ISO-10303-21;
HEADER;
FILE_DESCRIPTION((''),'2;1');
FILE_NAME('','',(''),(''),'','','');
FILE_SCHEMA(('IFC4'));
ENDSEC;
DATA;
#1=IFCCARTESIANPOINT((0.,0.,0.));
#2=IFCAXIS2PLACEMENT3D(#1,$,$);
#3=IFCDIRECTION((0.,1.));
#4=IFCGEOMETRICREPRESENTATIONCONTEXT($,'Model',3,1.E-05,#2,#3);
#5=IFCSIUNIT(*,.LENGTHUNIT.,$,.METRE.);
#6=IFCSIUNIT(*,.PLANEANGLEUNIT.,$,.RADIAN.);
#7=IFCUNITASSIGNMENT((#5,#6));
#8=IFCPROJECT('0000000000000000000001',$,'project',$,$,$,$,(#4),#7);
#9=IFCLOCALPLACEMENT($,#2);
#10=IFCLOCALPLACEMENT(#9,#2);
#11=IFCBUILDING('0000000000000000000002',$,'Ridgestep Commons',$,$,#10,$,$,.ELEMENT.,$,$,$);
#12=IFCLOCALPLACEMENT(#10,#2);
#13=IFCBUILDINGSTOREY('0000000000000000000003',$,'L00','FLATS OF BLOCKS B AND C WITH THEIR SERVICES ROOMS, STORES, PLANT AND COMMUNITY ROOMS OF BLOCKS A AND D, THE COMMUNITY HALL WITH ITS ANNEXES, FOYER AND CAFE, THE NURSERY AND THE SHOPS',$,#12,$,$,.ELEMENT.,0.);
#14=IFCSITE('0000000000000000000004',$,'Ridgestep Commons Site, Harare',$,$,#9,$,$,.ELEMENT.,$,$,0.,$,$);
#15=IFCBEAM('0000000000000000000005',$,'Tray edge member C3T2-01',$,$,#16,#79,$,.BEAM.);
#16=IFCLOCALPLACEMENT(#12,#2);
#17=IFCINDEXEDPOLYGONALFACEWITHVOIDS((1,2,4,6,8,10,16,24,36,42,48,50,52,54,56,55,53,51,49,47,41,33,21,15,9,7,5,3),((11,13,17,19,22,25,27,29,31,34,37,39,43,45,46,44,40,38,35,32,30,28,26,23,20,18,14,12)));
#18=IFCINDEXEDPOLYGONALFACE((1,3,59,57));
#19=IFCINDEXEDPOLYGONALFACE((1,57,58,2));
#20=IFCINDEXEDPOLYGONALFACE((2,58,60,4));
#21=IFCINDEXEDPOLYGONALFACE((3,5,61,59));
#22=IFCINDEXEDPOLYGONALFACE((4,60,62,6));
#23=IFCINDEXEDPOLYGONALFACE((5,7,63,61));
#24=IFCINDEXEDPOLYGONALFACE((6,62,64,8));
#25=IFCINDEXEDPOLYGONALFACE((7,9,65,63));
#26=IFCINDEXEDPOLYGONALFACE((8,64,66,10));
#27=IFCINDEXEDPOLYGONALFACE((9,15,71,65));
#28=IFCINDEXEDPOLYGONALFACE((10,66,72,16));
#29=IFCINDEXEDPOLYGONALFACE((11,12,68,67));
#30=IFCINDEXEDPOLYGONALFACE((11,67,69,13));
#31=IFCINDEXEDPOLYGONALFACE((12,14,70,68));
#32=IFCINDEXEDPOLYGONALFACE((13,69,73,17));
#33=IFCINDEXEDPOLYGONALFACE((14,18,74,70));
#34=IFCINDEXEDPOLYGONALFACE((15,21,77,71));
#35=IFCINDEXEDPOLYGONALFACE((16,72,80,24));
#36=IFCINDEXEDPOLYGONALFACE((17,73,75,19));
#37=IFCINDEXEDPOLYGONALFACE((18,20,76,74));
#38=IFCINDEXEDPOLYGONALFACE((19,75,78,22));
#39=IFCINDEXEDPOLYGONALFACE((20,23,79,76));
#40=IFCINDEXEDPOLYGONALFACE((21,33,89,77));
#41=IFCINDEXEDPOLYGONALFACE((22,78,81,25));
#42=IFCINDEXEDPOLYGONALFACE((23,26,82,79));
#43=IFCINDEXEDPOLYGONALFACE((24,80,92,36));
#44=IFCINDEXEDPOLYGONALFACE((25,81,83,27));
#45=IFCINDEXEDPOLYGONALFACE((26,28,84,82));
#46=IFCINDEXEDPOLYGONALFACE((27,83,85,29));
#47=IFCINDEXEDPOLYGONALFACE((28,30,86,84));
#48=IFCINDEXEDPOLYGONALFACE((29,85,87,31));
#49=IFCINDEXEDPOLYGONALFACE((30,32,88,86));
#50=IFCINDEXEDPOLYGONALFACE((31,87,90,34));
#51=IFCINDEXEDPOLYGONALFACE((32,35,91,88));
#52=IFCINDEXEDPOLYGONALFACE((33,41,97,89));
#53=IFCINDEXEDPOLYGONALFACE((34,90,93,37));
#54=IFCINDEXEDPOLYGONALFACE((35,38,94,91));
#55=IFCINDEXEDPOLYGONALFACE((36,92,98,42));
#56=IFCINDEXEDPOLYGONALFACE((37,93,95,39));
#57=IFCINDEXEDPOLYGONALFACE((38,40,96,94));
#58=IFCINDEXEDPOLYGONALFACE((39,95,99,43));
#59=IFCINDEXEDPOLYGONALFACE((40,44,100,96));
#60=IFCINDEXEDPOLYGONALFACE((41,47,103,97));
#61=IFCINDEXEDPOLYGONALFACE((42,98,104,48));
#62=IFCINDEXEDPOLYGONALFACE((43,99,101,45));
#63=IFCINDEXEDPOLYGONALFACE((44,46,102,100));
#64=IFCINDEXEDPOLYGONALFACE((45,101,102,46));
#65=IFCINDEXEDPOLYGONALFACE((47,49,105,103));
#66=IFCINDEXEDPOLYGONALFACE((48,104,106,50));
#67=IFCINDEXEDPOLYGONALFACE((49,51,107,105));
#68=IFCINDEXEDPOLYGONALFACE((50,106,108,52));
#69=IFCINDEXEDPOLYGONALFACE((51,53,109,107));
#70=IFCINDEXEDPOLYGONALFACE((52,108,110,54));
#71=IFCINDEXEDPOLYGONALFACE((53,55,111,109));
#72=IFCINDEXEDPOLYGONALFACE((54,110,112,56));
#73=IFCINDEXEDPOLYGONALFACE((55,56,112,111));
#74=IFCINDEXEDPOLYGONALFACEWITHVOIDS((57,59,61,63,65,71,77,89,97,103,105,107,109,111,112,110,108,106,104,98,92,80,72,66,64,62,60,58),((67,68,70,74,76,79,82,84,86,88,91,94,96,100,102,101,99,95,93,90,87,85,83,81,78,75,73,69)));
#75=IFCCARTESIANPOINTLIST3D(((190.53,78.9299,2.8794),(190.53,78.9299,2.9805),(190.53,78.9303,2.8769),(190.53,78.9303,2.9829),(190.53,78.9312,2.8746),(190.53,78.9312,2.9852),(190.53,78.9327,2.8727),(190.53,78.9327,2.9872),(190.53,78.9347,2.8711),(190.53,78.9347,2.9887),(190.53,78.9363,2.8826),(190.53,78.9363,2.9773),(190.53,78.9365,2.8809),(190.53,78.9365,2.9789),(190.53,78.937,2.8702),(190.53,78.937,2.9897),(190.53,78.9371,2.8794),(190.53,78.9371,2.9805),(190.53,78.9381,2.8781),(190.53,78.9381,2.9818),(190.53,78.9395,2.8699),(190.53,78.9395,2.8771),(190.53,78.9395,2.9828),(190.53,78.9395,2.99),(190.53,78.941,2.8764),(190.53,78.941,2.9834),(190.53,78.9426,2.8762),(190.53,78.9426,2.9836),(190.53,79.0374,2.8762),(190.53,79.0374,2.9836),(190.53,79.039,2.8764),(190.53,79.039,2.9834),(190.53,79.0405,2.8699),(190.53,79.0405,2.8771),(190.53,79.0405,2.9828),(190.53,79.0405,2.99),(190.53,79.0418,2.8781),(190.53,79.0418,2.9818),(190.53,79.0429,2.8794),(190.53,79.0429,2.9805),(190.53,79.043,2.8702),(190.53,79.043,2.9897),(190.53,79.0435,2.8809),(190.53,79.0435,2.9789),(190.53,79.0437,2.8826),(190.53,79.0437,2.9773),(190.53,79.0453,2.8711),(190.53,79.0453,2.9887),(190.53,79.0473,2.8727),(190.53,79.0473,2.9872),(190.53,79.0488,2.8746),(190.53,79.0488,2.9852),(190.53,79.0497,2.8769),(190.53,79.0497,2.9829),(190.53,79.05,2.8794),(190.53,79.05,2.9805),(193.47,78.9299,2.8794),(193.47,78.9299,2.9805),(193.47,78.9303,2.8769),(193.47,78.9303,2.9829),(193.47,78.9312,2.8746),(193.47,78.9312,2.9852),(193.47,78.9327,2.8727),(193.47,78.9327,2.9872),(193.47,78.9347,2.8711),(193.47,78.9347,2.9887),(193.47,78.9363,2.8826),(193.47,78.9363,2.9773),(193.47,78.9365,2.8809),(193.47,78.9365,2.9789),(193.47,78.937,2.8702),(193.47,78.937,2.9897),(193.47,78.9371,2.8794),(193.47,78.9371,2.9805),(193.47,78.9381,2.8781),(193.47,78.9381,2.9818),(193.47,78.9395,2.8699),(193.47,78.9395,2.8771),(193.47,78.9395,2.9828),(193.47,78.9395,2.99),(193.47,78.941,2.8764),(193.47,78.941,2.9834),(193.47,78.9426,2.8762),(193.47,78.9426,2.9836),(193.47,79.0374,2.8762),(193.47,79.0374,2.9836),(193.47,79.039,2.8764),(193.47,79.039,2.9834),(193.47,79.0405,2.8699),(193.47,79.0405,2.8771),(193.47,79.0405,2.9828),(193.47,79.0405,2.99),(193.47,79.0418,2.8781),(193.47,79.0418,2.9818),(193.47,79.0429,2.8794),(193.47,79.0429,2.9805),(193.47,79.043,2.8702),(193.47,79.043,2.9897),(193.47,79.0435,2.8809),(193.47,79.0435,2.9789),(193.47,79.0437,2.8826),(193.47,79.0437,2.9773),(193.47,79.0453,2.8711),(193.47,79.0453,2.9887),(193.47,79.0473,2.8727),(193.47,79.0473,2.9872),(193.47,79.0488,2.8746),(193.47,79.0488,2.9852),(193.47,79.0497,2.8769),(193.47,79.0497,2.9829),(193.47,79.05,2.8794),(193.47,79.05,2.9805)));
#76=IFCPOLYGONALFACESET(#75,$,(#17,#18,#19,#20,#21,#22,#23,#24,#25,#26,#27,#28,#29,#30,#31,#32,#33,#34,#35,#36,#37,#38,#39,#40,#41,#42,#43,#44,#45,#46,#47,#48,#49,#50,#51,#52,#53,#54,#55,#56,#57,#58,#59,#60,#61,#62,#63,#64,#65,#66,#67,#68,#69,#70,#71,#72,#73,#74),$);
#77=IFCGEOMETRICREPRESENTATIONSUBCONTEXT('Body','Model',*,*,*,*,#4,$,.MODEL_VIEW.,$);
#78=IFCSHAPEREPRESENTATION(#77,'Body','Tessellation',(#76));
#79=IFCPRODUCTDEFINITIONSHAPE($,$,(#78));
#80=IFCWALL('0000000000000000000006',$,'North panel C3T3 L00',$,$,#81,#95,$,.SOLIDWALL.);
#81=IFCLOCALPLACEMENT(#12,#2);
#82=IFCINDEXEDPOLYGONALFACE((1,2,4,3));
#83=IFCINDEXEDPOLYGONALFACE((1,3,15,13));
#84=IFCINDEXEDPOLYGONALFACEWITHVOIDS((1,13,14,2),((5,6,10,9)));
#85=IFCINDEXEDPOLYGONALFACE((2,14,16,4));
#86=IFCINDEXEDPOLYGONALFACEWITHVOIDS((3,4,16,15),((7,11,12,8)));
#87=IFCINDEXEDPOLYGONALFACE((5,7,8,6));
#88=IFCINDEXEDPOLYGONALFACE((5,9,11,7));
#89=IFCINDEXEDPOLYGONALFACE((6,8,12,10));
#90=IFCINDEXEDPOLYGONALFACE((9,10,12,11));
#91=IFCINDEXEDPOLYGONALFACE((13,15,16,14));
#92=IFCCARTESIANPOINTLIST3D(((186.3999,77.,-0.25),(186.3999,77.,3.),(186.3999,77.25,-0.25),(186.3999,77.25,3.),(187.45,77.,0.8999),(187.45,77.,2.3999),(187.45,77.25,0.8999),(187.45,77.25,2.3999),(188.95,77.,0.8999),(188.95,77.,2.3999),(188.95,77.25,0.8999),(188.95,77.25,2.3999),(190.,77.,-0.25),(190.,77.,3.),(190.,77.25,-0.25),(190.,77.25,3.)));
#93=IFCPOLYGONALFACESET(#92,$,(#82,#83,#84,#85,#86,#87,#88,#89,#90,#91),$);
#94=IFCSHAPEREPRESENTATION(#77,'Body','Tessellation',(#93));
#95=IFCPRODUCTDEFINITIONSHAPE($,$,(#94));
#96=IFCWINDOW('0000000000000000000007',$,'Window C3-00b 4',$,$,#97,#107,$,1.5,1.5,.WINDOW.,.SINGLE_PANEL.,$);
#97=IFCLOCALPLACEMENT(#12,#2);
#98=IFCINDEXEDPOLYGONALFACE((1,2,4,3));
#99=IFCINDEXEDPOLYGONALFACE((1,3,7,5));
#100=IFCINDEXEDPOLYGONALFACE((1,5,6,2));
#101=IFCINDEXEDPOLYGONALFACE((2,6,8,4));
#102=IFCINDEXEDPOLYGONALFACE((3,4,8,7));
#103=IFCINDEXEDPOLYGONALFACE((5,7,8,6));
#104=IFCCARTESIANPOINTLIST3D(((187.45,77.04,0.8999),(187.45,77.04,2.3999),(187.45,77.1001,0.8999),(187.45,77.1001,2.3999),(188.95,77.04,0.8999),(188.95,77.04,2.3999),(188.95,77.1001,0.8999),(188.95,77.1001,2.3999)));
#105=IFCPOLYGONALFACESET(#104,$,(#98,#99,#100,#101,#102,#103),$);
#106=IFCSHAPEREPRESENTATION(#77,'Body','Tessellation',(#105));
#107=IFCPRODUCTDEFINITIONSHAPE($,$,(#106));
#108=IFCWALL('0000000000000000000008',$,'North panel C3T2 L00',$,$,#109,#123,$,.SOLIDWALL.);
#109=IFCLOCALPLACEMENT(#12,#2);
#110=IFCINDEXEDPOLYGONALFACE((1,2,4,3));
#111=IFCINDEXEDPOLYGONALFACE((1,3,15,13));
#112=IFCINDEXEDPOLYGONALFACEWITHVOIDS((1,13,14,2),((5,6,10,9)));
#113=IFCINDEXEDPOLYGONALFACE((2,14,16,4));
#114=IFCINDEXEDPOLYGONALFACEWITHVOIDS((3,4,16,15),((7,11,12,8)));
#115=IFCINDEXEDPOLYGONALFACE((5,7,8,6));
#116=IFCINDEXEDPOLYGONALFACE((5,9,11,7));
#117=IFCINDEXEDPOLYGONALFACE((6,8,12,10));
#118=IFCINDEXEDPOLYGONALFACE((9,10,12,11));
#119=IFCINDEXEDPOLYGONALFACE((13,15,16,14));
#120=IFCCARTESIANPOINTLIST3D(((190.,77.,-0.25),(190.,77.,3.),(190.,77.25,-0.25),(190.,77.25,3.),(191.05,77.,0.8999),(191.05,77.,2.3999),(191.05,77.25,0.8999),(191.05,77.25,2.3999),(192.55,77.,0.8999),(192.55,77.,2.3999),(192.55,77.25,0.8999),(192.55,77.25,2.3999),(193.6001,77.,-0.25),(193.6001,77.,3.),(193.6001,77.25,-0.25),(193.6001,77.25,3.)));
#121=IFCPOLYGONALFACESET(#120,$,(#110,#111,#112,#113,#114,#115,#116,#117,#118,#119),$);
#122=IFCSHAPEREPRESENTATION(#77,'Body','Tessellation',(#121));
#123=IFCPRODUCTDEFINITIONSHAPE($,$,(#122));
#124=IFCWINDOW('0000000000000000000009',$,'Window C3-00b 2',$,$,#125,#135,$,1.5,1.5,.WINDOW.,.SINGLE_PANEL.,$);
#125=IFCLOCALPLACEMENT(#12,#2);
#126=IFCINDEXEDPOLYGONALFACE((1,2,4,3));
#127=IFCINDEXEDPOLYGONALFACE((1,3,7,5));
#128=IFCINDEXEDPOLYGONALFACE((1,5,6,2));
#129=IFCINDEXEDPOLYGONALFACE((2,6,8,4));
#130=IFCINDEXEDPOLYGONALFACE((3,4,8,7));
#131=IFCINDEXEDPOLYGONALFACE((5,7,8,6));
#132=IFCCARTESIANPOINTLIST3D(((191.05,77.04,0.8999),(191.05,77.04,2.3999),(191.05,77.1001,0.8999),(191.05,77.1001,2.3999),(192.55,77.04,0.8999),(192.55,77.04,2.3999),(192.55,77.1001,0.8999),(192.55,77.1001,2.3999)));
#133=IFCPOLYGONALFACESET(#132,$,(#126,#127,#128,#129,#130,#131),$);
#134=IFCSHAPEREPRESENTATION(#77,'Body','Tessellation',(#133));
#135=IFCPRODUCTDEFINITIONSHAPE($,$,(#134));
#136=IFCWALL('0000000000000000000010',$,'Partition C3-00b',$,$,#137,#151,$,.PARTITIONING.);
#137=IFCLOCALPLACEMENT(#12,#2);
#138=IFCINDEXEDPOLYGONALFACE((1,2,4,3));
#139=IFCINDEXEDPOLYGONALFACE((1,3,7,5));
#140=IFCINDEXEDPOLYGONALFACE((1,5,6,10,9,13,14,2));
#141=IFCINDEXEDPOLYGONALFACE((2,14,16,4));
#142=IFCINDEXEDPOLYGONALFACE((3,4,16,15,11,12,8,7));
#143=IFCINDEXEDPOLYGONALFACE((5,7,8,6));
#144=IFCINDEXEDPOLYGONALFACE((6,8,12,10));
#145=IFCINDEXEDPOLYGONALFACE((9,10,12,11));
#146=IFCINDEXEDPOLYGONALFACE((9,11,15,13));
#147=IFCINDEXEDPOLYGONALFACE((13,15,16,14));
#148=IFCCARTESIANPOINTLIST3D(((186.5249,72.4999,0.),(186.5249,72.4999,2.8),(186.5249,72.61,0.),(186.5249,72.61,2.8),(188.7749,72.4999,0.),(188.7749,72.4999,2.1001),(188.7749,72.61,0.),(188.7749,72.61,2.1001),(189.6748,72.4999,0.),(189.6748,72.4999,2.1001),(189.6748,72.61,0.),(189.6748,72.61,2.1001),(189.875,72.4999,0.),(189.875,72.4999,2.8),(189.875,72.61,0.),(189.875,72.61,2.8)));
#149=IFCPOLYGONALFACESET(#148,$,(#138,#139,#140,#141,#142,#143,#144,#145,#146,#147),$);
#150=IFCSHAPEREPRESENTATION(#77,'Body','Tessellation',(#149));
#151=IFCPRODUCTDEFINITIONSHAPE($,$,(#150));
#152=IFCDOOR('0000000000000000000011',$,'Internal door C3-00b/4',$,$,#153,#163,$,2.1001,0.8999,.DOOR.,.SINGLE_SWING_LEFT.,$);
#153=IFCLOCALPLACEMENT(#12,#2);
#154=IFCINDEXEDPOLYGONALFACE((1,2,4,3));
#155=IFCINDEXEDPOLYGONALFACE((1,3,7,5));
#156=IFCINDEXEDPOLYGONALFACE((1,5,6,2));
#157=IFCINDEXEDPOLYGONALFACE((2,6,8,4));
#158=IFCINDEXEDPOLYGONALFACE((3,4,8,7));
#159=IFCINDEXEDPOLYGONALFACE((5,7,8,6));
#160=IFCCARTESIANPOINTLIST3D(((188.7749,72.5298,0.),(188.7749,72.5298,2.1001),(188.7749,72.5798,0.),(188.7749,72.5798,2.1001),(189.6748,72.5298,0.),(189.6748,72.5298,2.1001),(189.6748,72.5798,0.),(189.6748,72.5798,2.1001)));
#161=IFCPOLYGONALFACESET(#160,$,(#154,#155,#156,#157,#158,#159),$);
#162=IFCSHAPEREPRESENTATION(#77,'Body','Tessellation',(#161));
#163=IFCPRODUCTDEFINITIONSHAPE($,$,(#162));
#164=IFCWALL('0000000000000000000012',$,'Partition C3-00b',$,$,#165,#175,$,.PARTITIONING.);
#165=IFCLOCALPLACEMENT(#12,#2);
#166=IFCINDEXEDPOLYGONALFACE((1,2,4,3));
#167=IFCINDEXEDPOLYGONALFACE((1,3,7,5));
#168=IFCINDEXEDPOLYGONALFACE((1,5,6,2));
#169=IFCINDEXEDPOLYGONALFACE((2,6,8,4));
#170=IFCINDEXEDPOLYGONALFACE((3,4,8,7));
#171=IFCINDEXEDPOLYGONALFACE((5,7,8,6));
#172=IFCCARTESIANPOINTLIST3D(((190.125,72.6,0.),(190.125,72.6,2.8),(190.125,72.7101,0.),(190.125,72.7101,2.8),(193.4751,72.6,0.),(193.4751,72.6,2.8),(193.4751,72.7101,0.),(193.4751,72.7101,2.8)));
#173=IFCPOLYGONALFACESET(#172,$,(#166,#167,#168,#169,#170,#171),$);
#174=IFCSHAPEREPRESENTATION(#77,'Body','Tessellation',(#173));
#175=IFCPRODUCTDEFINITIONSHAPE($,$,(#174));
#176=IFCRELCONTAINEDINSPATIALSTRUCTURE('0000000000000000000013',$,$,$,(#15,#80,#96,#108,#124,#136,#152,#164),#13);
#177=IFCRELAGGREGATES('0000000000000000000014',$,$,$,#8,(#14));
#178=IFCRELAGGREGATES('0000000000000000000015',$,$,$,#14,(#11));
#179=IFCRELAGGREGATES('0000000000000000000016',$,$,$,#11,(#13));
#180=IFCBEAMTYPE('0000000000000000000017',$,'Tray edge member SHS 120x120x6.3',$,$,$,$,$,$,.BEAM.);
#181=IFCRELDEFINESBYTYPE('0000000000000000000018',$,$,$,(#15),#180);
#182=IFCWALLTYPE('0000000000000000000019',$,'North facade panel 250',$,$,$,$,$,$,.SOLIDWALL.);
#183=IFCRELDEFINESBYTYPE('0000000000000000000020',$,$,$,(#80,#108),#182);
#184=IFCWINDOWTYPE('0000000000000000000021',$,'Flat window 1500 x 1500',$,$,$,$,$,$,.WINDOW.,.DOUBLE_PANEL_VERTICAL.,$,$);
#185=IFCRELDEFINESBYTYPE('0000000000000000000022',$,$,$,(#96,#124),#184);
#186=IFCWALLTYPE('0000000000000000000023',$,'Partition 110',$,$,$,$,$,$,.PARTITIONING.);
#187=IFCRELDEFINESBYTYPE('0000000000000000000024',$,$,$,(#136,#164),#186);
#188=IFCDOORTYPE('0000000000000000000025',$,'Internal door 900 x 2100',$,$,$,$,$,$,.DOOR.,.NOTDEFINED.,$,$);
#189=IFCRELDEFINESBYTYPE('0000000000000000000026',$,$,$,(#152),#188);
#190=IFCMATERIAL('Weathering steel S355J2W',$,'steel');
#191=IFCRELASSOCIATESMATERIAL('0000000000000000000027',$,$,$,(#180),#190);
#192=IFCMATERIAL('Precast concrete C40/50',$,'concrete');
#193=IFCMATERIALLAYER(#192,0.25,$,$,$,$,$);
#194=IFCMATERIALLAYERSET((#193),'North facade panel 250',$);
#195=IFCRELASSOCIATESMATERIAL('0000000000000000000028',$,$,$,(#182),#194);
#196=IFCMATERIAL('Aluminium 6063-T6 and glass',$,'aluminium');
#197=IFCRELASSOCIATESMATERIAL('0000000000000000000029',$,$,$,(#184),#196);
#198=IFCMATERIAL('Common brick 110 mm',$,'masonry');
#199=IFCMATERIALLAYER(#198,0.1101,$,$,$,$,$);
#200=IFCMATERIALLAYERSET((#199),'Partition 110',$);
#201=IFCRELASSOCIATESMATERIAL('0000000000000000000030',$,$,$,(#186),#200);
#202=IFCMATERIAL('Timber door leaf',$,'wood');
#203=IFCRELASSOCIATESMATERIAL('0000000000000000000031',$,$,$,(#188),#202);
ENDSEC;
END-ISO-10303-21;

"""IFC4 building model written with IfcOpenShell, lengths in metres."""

from ifc_helpers import new_model, si_unit, direction, frame, frame_2d, origin, origin_2d, place, context, subcontext, project, spatial, rectangle, hollow_rectangle, extrude, material, layer, layer_set, material_profile, profile_set, type_object, element, fill, save


model = new_model("IFC4")

# Units and contexts
model_context = context("Model", 3, precision=1e-05, world=origin(), true_north=direction((0.0, 1.0)))
body_context = subcontext(model_context, "Body", "Model", "MODEL_VIEW")
ifc_project = project(units=[si_unit("LENGTHUNIT", "METRE"), si_unit("PLANEANGLEUNIT", "RADIAN")], contexts=[model_context])

# Site, building, storey
site_placement = place(None, origin())
site = spatial("IfcSite", under=ifc_project, at=site_placement, Name="Ridgestep Commons Site, Harare", CompositionType="ELEMENT", RefElevation=0.0)
building_placement = place(site_placement, origin())
building = spatial("IfcBuilding", under=site, at=building_placement, Name="Ridgestep Commons", CompositionType="ELEMENT")
storey_placement = place(building_placement, origin())
storey = spatial("IfcBuildingStorey", under=building, at=storey_placement, Name="L00", Description="FLATS OF BLOCKS B AND C WITH THEIR SERVICES ROOMS, STORES, PLANT AND COMMUNITY ROOMS OF BLOCKS A AND D, THE COMMUNITY HALL WITH ITS ANNEXES, FOYER AND CAFE, THE NURSERY AND THE SHOPS", CompositionType="ELEMENT", Elevation=0.0)

# Beam
ifc_material_1 = material(Name="Weathering steel S355J2W", Category="steel")
ifc_material_profile_1 = material_profile(ifc_material_1, hollow_rectangle(XDim=0.1201, YDim=0.1201, WallThickness=0.0063, InnerFilletRadius=0.0063, OuterFilletRadius=0.0095, at=origin_2d()), Name="SHS 120x120x6.3")
ifc_profile_set_1 = profile_set([ifc_material_profile_1], Name="Weathering steel S355J2W")
beam_type_1 = type_object("IfcBeamType", Name="Tray edge member SHS 120x120x6.3", PredefinedType="BEAM", material=ifc_profile_set_1)
beam_placement = place(storey_placement, frame((190.53, 78.99, 2.9299), z_axis=(1.0, 0.0, 0.0), x_axis=(0.0, 0.0, 1.0)))
element("IfcBeam", 1, at=beam_placement, inside=storey, type_object=beam_type_1, Name="Tray edge member C3T2-01", PredefinedType="BEAM", context=body_context, shape_type="SweptSolid", body=[
    extrude(hollow_rectangle(XDim=0.1201, YDim=0.1201, WallThickness=0.0063, InnerFilletRadius=0.0063, OuterFilletRadius=0.0095, at=origin_2d()), origin(), (0.0, 0.0, 1.0), 2.9399),
])

# Walls, openings, windows
ifc_material_2 = material(Name="Precast concrete C40/50", Category="concrete")
ifc_layer_1 = layer(ifc_material_2, 0.25)
ifc_layer_set_1 = layer_set([ifc_layer_1], Name="North facade panel 250")
wall_type_1 = type_object("IfcWallType", Name="North facade panel 250", PredefinedType="SOLIDWALL", material=ifc_layer_set_1)
wall_1_placement = place(storey_placement, frame((186.3999, 77.125, -0.25), z_axis=(0.0, 0.0, 1.0), x_axis=(1.0, 0.0, 0.0)))
wall_1 = element("IfcWall", 2, at=wall_1_placement, inside=storey, type_object=wall_type_1, Name="North panel C3T3 L00", PredefinedType="SOLIDWALL", context=body_context, shape_type="SweptSolid", body=[
    extrude(rectangle(XDim=3.6001, YDim=0.25, at=frame_2d((1.8, 0.0))), origin(), (0.0, 0.0, 1.0), 3.25),
])
opening_1_placement = place(wall_1_placement, frame((1.05, 0.0, 1.1499)))
opening_1 = element("IfcOpeningElement", 3, at=opening_1_placement, cuts=wall_1, PredefinedType="OPENING", context=body_context, shape_type="SweptSolid", body=[
    extrude(rectangle(XDim=1.5, YDim=1.5, at=frame_2d((0.75, 0.75))), frame((0.0, 0.135, 0.0), z_axis=(0.0, -1.0, 0.0), x_axis=(1.0, 0.0, 0.0)), (0.0, 0.0, 1.0), 0.27),
])
ifc_material_3 = material(Name="Aluminium 6063-T6 and glass", Category="aluminium")
window_type = type_object("IfcWindowType", Name="Flat window 1500 x 1500", PartitioningType="DOUBLE_PANEL_VERTICAL", PredefinedType="WINDOW", material=ifc_material_3)
window_1_placement = place(opening_1_placement, origin())
window_1 = element("IfcWindow", 4, at=window_1_placement, inside=storey, type_object=window_type, Name="Window C3-00b 4", OverallHeight=1.5, OverallWidth=1.5, PartitioningType="SINGLE_PANEL", PredefinedType="WINDOW", context=body_context, shape_type="SweptSolid", body=[
    extrude(rectangle(XDim=1.5, YDim=1.5, at=frame_2d((0.75, 0.75))), frame((0.0, -0.0249, 0.0), z_axis=(0.0, -1.0, 0.0), x_axis=(1.0, 0.0, 0.0)), (0.0, 0.0, 1.0), 0.0601),
])
fill(opening_1, window_1)
wall_2_placement = place(storey_placement, frame((190.0, 77.125, -0.25), z_axis=(0.0, 0.0, 1.0), x_axis=(1.0, 0.0, 0.0)))
wall_2 = element("IfcWall", 5, at=wall_2_placement, inside=storey, type_object=wall_type_1, Name="North panel C3T2 L00", PredefinedType="SOLIDWALL", context=body_context, shape_type="SweptSolid", body=[
    extrude(rectangle(XDim=3.6001, YDim=0.25, at=frame_2d((1.8, 0.0))), origin(), (0.0, 0.0, 1.0), 3.25),
])
opening_2_placement = place(wall_2_placement, frame((1.05, 0.0, 1.1499)))
opening_2 = element("IfcOpeningElement", 6, at=opening_2_placement, cuts=wall_2, PredefinedType="OPENING", context=body_context, shape_type="SweptSolid", body=[
    extrude(rectangle(XDim=1.5, YDim=1.5, at=frame_2d((0.75, 0.75))), frame((0.0, 0.135, 0.0), z_axis=(0.0, -1.0, 0.0), x_axis=(1.0, 0.0, 0.0)), (0.0, 0.0, 1.0), 0.27),
])
window_2_placement = place(opening_2_placement, origin())
window_2 = element("IfcWindow", 7, at=window_2_placement, inside=storey, type_object=window_type, Name="Window C3-00b 2", OverallHeight=1.5, OverallWidth=1.5, PartitioningType="SINGLE_PANEL", PredefinedType="WINDOW", context=body_context, shape_type="SweptSolid", body=[
    extrude(rectangle(XDim=1.5, YDim=1.5, at=frame_2d((0.75, 0.75))), frame((0.0, -0.0249, 0.0), z_axis=(0.0, -1.0, 0.0), x_axis=(1.0, 0.0, 0.0)), (0.0, 0.0, 1.0), 0.0601),
])
fill(opening_2, window_2)

# Wall, opening, door
ifc_material_4 = material(Name="Common brick 110 mm", Category="masonry")
ifc_layer_2 = layer(ifc_material_4, 0.1101)
ifc_layer_set_2 = layer_set([ifc_layer_2], Name="Partition 110")
wall_type_2 = type_object("IfcWallType", Name="Partition 110", PredefinedType="PARTITIONING", material=ifc_layer_set_2)
wall_3_placement = place(storey_placement, frame((186.5249, 72.5549, 0.0), z_axis=(0.0, 0.0, 1.0), x_axis=(1.0, 0.0, 0.0)))
wall_3 = element("IfcWall", 8, at=wall_3_placement, inside=storey, type_object=wall_type_2, Name="Partition C3-00b", PredefinedType="PARTITIONING", context=body_context, shape_type="SweptSolid", body=[
    extrude(rectangle(XDim=3.3501, YDim=0.1101, at=frame_2d((1.675, 0.0))), origin(), (0.0, 0.0, 1.0), 2.8),
])
opening_3_placement = place(wall_3_placement, frame((2.25, 0.0, 0.0)))
opening_3 = element("IfcOpeningElement", 9, at=opening_3_placement, cuts=wall_3, PredefinedType="OPENING", context=body_context, shape_type="SweptSolid", body=[
    extrude(rectangle(XDim=0.8999, YDim=2.1001, at=frame_2d((0.45, 1.05))), frame((0.0, 0.0649, 0.0), z_axis=(0.0, -1.0, 0.0), x_axis=(1.0, 0.0, 0.0)), (0.0, 0.0, 1.0), 0.1301),
])
ifc_material_5 = material(Name="Timber door leaf", Category="wood")
door_type = type_object("IfcDoorType", Name="Internal door 900 x 2100", OperationType="NOTDEFINED", PredefinedType="DOOR", material=ifc_material_5)
door_placement = place(opening_3_placement, origin())
door = element("IfcDoor", 10, at=door_placement, inside=storey, type_object=door_type, Name="Internal door C3-00b/4", OperationType="SINGLE_SWING_LEFT", OverallHeight=2.1001, OverallWidth=0.8999, PredefinedType="DOOR", context=body_context, shape_type="SweptSolid", body=[
    extrude(rectangle(XDim=0.8999, YDim=2.1001, at=frame_2d((0.45, 1.05))), frame((0.0, 0.0249, 0.0), z_axis=(0.0, -1.0, 0.0), x_axis=(1.0, 0.0, 0.0)), (0.0, 0.0, 1.0), 0.05),
])
fill(opening_3, door)

# Wall
wall_4_placement = place(storey_placement, frame((190.125, 72.655, 0.0), z_axis=(0.0, 0.0, 1.0), x_axis=(1.0, 0.0, 0.0)))
element("IfcWall", 11, at=wall_4_placement, inside=storey, type_object=wall_type_2, Name="Partition C3-00b", PredefinedType="PARTITIONING", context=body_context, shape_type="SweptSolid", body=[
    extrude(rectangle(XDim=3.3501, YDim=0.1101, at=frame_2d((1.675, 0.0))), origin(), (0.0, 0.0, 1.0), 2.8),
])

save(model, "model.ifc")
